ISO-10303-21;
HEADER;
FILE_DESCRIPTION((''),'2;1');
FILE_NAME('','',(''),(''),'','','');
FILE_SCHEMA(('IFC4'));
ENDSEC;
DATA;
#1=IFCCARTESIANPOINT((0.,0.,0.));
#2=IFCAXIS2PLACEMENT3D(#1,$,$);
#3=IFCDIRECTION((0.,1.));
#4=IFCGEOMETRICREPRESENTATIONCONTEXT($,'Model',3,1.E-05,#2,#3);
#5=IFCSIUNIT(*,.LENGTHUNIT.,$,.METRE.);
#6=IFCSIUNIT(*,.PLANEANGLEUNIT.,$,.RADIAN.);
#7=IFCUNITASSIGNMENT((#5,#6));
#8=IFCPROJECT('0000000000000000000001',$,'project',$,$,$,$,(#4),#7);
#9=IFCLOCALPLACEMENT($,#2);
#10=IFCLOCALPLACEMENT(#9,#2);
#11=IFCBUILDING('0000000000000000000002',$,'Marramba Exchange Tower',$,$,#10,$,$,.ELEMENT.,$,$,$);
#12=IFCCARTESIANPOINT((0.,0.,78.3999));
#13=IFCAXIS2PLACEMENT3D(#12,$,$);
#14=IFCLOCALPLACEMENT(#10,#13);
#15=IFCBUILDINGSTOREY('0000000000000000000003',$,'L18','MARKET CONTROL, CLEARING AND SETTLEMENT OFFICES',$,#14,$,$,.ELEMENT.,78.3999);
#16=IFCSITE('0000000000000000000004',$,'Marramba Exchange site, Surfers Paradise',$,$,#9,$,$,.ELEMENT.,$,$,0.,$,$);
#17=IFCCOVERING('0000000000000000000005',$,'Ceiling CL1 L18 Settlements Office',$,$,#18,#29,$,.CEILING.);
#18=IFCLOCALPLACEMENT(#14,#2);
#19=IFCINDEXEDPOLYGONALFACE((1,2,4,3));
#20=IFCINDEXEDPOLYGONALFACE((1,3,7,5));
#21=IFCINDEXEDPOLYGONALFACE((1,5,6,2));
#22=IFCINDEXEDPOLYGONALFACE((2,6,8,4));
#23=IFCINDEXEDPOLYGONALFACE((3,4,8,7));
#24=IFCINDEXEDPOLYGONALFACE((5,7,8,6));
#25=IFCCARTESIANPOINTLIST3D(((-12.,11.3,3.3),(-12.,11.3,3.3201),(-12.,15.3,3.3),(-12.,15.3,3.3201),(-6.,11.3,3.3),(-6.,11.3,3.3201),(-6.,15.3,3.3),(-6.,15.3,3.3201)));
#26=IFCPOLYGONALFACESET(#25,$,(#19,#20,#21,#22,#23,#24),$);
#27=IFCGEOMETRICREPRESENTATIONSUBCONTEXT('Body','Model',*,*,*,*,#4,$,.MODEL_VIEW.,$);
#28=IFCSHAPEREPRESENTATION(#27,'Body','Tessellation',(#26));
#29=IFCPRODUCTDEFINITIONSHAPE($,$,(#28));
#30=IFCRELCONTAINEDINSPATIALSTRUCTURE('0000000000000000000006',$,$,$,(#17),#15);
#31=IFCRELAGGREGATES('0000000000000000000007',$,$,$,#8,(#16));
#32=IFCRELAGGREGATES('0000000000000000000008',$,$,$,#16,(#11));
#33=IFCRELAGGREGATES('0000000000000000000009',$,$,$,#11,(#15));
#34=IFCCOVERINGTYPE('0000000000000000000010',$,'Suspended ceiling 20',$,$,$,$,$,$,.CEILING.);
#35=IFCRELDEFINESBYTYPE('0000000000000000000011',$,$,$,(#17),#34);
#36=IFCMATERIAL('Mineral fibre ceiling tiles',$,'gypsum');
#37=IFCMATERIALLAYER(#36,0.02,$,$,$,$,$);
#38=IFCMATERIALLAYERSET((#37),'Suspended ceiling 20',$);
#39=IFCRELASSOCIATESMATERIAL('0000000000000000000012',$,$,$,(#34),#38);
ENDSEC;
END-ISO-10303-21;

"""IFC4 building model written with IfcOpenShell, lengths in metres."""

from ifc_helpers import new_model, si_unit, direction, frame, origin, place, context, subcontext, project, spatial, polyline, outline, extrude, material, layer, layer_set, type_object, element, save


model = new_model("IFC4")

# Units and contexts
model_context = context("Model", 3, precision=1e-05, world=origin(), true_north=direction((0.0, 1.0)))
body_context = subcontext(model_context, "Body", "Model", "MODEL_VIEW")
ifc_project = project(units=[si_unit("LENGTHUNIT", "METRE"), si_unit("PLANEANGLEUNIT", "RADIAN")], contexts=[model_context])

# Site, building, storey
site_placement = place(None, origin())
site = spatial("IfcSite", under=ifc_project, at=site_placement, Name="Marramba Exchange site, Surfers Paradise", CompositionType="ELEMENT", RefElevation=0.0)
building_placement = place(site_placement, origin())
building = spatial("IfcBuilding", under=site, at=building_placement, Name="Marramba Exchange Tower", CompositionType="ELEMENT")
storey_placement = place(building_placement, frame((0.0, 0.0, 78.3999)))
storey = spatial("IfcBuildingStorey", under=building, at=storey_placement, Name="L18", Description="MARKET CONTROL, CLEARING AND SETTLEMENT OFFICES", CompositionType="ELEMENT", Elevation=78.3999)

# Covering
ifc_material_1 = material(Name="Mineral fibre ceiling tiles", Category="gypsum")
ifc_layer_1 = layer(ifc_material_1, 0.02)
ifc_layer_set_1 = layer_set([ifc_layer_1], Name="Suspended ceiling 20")
covering_type_1 = type_object("IfcCoveringType", Name="Suspended ceiling 20", PredefinedType="CEILING", material=ifc_layer_set_1)
covering_1_placement = place(storey_placement, frame((0.0, 0.0, 3.3)))
element("IfcCovering", 1, at=covering_1_placement, inside=storey, type_object=covering_type_1, Name="Ceiling CL1 L18 Settlements Office", PredefinedType="CEILING", context=body_context, shape_type="SweptSolid", body=[
    extrude(outline(polyline([(-6.0, 11.3), (-12.0, 11.3), (-12.0, 15.3), (-6.0, 15.3), (-6.0, 11.3)])), origin(), (0.0, 0.0, 1.0), 0.02),
])

save(model, "model.ifc")
